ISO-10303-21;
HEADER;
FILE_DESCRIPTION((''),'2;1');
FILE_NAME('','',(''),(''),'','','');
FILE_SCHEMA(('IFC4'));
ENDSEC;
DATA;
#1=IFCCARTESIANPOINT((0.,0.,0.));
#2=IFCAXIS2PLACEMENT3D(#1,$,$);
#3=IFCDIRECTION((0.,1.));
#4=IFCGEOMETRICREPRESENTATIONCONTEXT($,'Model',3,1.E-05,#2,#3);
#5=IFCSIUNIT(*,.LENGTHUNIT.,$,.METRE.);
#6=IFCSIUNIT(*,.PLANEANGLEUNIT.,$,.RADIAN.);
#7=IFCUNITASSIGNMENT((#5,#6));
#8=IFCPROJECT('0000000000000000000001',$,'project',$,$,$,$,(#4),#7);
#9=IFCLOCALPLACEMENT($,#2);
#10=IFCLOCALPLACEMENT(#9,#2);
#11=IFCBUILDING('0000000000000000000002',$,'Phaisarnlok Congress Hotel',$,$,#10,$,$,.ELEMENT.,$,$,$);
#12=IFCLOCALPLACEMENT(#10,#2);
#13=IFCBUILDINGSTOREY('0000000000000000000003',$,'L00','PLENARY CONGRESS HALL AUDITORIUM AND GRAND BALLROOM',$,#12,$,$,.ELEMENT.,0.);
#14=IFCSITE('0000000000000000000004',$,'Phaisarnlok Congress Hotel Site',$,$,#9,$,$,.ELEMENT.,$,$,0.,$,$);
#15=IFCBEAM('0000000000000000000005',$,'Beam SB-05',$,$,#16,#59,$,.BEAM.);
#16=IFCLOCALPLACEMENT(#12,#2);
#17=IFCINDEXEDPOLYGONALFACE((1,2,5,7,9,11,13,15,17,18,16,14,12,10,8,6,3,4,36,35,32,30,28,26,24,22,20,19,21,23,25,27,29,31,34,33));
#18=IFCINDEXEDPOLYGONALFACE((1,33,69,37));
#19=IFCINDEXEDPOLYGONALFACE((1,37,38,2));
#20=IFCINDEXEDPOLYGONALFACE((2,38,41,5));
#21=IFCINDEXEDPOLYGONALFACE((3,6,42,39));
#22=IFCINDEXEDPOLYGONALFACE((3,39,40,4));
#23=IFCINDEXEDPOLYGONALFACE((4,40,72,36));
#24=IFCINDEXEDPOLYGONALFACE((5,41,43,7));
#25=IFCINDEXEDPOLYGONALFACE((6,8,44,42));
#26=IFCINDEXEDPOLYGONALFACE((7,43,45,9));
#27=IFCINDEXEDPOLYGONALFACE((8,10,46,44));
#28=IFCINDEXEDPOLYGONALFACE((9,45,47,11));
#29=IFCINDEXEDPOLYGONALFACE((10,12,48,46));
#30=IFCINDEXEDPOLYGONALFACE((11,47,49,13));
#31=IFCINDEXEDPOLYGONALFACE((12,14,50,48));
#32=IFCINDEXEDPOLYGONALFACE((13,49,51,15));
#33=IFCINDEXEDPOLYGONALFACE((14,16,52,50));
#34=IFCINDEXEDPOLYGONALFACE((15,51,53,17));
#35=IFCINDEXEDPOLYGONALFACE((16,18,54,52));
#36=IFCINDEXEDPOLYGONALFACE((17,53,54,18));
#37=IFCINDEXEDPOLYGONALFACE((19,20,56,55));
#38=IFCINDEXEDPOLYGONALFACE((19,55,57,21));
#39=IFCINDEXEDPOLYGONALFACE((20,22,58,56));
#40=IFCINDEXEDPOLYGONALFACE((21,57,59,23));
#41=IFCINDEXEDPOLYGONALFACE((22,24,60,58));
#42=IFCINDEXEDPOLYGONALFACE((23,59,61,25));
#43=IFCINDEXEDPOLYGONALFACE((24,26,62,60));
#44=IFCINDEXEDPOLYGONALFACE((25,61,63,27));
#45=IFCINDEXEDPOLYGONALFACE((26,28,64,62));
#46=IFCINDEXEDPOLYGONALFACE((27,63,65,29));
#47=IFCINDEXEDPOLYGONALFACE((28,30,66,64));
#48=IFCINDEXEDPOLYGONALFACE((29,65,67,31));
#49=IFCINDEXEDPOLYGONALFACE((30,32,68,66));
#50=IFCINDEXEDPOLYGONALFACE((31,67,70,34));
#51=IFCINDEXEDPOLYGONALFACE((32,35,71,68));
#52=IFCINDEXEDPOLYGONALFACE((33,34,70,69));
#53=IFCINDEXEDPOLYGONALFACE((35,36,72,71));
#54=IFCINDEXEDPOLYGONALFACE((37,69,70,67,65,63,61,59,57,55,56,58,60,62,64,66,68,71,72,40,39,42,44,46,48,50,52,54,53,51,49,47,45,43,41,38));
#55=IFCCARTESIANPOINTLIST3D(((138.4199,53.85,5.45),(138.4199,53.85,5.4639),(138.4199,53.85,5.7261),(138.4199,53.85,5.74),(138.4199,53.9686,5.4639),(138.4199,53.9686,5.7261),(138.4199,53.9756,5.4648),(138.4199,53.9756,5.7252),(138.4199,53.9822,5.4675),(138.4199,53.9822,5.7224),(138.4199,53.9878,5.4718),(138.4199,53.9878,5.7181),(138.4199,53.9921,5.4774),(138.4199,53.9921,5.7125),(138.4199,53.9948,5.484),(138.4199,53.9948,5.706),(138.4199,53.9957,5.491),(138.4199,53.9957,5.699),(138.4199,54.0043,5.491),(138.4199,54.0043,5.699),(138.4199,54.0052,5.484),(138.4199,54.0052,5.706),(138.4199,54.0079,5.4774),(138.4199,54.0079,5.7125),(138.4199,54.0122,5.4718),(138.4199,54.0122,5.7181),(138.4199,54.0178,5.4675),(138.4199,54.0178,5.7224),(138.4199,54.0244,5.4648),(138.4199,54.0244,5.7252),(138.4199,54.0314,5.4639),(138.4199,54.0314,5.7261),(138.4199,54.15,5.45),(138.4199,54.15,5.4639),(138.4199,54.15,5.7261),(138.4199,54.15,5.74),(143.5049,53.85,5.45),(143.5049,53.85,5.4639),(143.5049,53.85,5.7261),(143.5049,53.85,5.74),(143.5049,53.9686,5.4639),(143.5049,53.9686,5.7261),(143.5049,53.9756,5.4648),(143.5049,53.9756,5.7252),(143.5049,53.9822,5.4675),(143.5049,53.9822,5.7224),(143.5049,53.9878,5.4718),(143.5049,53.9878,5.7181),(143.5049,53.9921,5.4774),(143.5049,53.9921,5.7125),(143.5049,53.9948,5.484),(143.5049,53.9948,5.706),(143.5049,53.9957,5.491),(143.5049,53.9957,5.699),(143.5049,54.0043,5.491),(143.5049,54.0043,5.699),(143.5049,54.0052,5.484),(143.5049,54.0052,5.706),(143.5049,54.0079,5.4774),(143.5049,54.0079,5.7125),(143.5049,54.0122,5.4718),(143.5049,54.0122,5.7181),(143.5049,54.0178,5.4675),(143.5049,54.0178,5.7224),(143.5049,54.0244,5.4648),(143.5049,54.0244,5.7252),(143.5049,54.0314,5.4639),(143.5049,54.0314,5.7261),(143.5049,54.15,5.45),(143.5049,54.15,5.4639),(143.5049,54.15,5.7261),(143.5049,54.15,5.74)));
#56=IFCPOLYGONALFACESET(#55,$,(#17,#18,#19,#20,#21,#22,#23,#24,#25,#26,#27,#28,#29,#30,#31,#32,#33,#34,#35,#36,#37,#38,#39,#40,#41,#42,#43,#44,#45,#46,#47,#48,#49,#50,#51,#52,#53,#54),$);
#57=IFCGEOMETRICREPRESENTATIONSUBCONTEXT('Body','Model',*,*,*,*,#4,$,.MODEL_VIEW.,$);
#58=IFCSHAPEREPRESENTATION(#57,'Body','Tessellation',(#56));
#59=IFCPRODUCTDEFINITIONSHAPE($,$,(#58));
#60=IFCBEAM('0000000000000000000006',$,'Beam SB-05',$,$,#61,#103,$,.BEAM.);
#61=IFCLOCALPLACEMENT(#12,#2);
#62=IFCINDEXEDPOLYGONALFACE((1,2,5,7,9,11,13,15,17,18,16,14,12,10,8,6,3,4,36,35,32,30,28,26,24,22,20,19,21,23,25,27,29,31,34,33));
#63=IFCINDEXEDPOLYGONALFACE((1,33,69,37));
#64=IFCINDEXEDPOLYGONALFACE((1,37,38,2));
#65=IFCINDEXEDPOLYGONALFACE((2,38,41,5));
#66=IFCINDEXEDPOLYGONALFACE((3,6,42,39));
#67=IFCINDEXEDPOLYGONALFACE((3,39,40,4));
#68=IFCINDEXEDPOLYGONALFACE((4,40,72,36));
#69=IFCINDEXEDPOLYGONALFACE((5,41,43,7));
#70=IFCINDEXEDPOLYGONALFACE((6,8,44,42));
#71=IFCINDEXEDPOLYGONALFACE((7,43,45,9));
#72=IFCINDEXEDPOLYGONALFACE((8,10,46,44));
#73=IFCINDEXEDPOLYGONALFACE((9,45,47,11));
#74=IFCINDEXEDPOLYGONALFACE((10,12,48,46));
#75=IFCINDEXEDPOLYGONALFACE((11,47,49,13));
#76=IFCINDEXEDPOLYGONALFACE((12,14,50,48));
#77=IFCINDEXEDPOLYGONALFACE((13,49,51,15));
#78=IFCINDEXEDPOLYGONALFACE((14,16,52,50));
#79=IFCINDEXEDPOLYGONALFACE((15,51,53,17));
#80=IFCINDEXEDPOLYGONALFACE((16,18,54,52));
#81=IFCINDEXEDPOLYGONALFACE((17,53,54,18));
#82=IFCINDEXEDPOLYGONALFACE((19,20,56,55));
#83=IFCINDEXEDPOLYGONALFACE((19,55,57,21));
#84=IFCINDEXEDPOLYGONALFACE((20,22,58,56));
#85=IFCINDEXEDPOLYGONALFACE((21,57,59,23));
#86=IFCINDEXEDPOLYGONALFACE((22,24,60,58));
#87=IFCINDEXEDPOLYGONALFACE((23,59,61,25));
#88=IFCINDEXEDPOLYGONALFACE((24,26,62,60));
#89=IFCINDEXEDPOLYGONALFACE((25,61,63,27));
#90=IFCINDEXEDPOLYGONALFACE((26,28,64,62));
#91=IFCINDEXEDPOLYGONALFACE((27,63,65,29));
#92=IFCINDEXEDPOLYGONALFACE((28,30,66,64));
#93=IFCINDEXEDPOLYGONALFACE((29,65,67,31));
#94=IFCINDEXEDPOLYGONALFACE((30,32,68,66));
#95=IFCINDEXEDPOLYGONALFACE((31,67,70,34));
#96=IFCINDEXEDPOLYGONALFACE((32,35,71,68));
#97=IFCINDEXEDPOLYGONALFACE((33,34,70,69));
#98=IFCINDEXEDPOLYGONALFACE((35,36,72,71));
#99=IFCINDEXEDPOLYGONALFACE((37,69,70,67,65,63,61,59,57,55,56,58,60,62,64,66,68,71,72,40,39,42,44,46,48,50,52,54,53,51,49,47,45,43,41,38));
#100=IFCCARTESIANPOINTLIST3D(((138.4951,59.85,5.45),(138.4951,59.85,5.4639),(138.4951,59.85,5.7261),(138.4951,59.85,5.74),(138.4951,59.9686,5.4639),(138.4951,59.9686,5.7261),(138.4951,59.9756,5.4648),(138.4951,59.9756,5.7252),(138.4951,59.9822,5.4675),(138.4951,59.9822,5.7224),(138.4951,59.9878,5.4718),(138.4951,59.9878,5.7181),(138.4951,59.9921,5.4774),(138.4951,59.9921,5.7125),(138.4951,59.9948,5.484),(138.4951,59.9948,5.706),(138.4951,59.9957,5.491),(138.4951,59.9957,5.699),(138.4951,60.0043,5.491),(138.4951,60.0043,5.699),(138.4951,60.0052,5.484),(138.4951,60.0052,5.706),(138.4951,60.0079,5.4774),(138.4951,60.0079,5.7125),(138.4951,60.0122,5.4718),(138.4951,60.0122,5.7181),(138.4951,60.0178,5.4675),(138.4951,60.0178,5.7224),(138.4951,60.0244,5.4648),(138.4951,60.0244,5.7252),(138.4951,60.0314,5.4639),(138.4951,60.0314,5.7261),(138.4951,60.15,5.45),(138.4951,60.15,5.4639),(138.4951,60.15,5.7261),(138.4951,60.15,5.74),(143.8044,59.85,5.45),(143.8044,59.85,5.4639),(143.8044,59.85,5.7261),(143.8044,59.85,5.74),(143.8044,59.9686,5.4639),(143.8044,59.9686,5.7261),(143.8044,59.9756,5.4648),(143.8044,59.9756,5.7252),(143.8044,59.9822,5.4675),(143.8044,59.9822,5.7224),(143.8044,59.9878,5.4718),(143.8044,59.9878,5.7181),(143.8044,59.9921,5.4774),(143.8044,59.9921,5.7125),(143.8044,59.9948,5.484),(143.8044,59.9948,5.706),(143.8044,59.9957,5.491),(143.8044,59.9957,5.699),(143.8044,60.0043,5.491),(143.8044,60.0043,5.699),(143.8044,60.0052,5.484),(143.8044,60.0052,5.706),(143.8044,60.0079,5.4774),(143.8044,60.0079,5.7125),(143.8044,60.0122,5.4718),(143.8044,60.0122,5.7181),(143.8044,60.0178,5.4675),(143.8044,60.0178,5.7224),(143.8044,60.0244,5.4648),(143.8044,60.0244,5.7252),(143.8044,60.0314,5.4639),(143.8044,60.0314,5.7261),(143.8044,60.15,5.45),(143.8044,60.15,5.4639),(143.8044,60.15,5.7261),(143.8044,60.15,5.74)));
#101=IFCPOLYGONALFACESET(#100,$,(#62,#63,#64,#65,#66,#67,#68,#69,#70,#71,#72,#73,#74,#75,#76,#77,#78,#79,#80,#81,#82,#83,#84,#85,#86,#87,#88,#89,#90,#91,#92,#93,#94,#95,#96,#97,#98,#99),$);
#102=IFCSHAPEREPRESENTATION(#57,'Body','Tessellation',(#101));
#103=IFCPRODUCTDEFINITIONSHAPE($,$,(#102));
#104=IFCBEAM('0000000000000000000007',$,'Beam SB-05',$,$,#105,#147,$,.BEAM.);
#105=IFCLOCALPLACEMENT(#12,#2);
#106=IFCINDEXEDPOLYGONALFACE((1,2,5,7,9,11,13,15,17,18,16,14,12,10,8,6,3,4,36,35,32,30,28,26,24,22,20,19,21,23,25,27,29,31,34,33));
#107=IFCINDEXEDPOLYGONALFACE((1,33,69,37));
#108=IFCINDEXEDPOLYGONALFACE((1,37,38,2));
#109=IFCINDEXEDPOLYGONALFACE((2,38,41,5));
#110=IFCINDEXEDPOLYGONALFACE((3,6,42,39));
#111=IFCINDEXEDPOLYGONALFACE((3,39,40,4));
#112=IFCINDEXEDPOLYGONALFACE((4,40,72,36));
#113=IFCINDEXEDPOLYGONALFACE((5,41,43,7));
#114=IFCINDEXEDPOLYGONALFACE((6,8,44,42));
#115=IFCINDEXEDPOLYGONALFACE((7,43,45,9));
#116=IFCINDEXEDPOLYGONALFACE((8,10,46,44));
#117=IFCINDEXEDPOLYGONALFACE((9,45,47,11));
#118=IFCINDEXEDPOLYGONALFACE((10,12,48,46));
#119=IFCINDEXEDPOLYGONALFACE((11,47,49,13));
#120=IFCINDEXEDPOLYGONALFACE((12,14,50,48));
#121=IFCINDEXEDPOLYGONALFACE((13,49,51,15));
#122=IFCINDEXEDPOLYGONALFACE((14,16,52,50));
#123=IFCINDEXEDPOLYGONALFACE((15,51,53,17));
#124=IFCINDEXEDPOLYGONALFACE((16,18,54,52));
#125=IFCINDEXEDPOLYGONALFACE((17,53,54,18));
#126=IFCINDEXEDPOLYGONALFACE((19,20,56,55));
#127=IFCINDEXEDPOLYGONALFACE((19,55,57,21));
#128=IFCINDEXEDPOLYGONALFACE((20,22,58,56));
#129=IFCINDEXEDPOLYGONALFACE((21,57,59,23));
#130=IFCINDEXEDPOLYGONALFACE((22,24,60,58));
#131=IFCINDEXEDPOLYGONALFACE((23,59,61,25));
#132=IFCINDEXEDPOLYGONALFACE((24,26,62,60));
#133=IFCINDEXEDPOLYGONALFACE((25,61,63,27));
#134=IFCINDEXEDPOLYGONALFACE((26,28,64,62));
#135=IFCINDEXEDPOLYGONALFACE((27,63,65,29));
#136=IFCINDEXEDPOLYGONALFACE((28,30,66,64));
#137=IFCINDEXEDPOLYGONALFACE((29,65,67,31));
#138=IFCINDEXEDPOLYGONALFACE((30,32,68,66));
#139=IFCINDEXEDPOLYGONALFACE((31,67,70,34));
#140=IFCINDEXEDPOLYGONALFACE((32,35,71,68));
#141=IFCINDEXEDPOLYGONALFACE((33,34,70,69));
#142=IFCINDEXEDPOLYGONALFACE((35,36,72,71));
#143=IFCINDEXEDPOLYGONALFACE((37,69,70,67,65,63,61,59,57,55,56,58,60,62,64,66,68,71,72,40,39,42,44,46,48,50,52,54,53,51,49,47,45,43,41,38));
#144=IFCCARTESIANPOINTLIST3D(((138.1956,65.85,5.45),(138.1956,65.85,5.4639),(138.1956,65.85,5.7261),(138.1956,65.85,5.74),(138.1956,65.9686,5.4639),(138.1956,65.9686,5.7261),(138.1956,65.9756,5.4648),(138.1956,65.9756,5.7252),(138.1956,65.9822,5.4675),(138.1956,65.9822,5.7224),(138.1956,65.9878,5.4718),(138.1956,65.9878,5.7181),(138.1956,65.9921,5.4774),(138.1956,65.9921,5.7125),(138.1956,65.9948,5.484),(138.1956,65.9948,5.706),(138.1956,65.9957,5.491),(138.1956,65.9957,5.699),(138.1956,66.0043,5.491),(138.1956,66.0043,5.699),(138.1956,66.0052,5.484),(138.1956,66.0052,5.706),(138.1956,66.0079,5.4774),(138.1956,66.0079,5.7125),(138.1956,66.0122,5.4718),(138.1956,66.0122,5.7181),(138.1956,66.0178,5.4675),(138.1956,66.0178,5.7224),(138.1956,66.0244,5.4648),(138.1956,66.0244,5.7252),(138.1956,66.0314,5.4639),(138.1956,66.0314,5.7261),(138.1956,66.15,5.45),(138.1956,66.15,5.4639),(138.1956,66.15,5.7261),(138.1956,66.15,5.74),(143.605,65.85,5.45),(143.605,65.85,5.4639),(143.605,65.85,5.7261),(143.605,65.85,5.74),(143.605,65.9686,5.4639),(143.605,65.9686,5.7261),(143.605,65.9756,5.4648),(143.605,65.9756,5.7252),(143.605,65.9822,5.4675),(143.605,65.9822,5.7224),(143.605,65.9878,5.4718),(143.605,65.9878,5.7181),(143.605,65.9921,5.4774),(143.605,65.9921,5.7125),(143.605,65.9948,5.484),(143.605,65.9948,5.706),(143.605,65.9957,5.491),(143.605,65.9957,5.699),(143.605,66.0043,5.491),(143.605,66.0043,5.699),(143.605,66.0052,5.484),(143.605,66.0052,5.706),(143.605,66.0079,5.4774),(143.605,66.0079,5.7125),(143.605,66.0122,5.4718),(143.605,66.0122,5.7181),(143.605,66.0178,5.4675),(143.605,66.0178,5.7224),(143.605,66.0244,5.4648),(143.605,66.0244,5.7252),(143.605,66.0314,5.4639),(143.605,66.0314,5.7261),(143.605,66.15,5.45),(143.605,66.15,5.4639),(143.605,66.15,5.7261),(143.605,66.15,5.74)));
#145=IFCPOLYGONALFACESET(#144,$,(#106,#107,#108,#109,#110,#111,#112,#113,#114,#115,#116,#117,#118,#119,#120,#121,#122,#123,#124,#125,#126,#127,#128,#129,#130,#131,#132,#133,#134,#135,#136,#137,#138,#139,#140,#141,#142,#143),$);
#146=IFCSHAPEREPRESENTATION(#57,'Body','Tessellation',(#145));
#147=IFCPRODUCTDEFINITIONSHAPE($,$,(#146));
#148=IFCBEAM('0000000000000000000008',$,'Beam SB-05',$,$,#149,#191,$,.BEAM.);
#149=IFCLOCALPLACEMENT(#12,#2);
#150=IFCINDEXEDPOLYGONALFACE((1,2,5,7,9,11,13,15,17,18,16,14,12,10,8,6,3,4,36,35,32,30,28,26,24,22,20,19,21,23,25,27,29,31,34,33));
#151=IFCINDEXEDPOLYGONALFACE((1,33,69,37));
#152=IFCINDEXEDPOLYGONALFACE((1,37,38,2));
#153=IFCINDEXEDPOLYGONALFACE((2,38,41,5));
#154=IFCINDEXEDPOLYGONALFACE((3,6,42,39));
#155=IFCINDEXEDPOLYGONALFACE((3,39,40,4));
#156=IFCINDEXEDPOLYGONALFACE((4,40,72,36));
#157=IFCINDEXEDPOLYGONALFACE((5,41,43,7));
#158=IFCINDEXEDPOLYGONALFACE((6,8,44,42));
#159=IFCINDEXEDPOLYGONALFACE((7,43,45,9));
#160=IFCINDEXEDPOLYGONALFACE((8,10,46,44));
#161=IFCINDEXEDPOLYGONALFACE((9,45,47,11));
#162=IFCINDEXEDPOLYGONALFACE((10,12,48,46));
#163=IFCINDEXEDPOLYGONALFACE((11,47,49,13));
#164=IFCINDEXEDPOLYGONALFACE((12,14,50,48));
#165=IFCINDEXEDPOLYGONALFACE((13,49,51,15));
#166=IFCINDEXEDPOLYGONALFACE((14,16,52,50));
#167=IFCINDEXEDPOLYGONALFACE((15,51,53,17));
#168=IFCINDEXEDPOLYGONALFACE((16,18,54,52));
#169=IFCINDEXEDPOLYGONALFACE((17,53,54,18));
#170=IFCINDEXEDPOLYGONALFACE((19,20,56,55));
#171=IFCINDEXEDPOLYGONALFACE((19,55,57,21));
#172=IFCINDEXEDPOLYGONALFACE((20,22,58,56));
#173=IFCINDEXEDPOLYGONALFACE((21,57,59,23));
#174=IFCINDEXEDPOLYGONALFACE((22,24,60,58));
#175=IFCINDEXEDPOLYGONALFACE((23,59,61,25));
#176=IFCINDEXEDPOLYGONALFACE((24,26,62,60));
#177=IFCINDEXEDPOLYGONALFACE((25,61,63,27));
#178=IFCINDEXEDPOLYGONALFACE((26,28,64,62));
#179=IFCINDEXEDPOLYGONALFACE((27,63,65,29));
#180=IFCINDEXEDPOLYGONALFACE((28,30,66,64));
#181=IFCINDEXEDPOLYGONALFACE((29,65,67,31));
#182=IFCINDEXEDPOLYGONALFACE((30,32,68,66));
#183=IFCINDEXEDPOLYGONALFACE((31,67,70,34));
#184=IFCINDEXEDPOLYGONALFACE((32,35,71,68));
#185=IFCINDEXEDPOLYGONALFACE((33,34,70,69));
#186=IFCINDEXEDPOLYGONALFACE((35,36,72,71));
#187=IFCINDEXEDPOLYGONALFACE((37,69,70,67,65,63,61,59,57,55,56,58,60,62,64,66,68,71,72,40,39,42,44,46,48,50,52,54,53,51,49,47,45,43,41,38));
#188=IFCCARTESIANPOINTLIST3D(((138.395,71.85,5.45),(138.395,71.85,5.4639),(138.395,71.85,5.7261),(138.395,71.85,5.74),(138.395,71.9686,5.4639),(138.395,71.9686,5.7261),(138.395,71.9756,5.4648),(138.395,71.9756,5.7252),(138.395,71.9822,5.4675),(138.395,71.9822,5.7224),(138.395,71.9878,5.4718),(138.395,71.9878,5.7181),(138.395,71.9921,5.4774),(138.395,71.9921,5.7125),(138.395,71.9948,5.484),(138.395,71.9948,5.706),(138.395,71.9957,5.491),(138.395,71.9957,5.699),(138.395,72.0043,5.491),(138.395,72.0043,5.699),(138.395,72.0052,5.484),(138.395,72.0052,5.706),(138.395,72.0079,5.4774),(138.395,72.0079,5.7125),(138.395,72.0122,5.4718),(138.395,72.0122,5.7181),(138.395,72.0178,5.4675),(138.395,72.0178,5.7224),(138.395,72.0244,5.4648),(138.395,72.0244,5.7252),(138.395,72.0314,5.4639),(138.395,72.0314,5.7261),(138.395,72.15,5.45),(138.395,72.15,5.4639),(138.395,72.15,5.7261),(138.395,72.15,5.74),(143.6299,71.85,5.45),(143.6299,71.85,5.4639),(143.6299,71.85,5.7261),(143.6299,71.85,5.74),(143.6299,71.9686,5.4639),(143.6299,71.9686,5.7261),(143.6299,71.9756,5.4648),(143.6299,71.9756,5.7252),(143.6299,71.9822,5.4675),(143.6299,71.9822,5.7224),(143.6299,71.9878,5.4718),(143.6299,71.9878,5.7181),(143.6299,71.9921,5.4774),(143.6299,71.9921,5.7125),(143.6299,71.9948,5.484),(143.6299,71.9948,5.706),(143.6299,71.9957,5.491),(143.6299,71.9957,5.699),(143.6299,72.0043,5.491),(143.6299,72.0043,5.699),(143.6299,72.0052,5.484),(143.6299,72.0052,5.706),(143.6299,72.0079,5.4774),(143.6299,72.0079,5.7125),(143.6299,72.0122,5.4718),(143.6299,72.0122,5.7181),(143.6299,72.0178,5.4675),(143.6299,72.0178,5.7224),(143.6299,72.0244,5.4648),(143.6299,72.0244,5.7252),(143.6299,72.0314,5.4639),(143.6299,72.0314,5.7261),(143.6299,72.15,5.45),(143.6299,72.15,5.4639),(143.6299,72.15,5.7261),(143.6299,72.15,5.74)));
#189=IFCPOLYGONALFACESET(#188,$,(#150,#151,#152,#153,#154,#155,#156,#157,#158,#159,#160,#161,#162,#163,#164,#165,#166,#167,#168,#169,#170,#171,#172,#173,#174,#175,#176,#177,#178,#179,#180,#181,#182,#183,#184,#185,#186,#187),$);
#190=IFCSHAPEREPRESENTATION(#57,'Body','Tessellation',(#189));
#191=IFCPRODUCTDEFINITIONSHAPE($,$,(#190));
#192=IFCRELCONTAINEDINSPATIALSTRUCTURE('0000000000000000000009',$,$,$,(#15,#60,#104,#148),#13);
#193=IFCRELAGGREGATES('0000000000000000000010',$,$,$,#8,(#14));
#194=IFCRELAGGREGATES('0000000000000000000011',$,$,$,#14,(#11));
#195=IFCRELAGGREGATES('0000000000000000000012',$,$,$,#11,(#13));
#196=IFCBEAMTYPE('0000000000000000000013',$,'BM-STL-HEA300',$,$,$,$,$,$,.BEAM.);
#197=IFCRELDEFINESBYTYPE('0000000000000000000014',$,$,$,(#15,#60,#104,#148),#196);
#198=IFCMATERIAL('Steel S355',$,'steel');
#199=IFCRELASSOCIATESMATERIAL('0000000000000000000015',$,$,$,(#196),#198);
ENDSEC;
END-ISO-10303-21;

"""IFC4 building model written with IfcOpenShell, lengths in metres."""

from ifc_helpers import new_model, si_unit, direction, frame, origin, origin_2d, place, context, subcontext, project, spatial, i_section, extrude, material, material_profile, profile_set, type_object, element, save


model = new_model("IFC4")

# Units and contexts
model_context = context("Model", 3, precision=1e-05, world=origin(), true_north=direction((0.0, 1.0)))
body_context = subcontext(model_context, "Body", "Model", "MODEL_VIEW")
ifc_project = project(units=[si_unit("LENGTHUNIT", "METRE"), si_unit("PLANEANGLEUNIT", "RADIAN")], contexts=[model_context])

# Site, building, storey
site_placement = place(None, origin())
site = spatial("IfcSite", under=ifc_project, at=site_placement, Name="Phaisarnlok Congress Hotel Site", CompositionType="ELEMENT", RefElevation=0.0)
building_placement = place(site_placement, origin())
building = spatial("IfcBuilding", under=site, at=building_placement, Name="Phaisarnlok Congress Hotel", CompositionType="ELEMENT")
storey_placement = place(building_placement, origin())
storey = spatial("IfcBuildingStorey", under=building, at=storey_placement, Name="L00", Description="PLENARY CONGRESS HALL AUDITORIUM AND GRAND BALLROOM", CompositionType="ELEMENT", Elevation=0.0)

# Shared definitions
ifc_material_1 = material(Name="Steel S355", Category="steel")

# Beams
ifc_material_profile_1 = material_profile(ifc_material_1, i_section(OverallWidth=0.3, OverallDepth=0.29, WebThickness=0.0085, FlangeThickness=0.0139, FilletRadius=0.0271, at=origin_2d()), Name="HEA 300")
ifc_profile_set_1 = profile_set([ifc_material_profile_1], Name="Steel S355")
beam_type_1 = type_object("IfcBeamType", Name="BM-STL-HEA300", PredefinedType="BEAM", material=ifc_profile_set_1)
beam_1_placement = place(storey_placement, frame((138.4199, 54.0, 5.595), z_axis=(1.0, 0.0, 0.0), x_axis=(0.0, 1.0, 0.0)))
element("IfcBeam", 1, at=beam_1_placement, inside=storey, type_object=beam_type_1, Name="Beam SB-05", PredefinedType="BEAM", context=body_context, shape_type="SweptSolid", body=[
    extrude(i_section(OverallWidth=0.3, OverallDepth=0.29, WebThickness=0.0085, FlangeThickness=0.0139, FilletRadius=0.0271, at=origin_2d()), origin(), (0.0, 0.0, 1.0), 5.085),
])
beam_2_placement = place(storey_placement, frame((138.4951, 60.0, 5.595), z_axis=(1.0, 0.0, 0.0), x_axis=(0.0, 1.0, 0.0)))
element("IfcBeam", 2, at=beam_2_placement, inside=storey, type_object=beam_type_1, Name="Beam SB-05", PredefinedType="BEAM", context=body_context, shape_type="SweptSolid", body=[
    extrude(i_section(OverallWidth=0.3, OverallDepth=0.29, WebThickness=0.0085, FlangeThickness=0.0139, FilletRadius=0.0271, at=origin_2d()), origin(), (0.0, 0.0, 1.0), 5.3093),
])
beam_3_placement = place(storey_placement, frame((138.1956, 66.0, 5.595), z_axis=(1.0, 0.0, 0.0), x_axis=(0.0, 1.0, 0.0)))
element("IfcBeam", 3, at=beam_3_placement, inside=storey, type_object=beam_type_1, Name="Beam SB-05", PredefinedType="BEAM", context=body_context, shape_type="SweptSolid", body=[
    extrude(i_section(OverallWidth=0.3, OverallDepth=0.29, WebThickness=0.0085, FlangeThickness=0.0139, FilletRadius=0.0271, at=origin_2d()), origin(), (0.0, 0.0, 1.0), 5.4094),
])
beam_4_placement = place(storey_placement, frame((138.395, 72.0, 5.595), z_axis=(1.0, 0.0, 0.0), x_axis=(0.0, 1.0, 0.0)))
element("IfcBeam", 4, at=beam_4_placement, inside=storey, type_object=beam_type_1, Name="Beam SB-05", PredefinedType="BEAM", context=body_context, shape_type="SweptSolid", body=[
    extrude(i_section(OverallWidth=0.3, OverallDepth=0.29, WebThickness=0.0085, FlangeThickness=0.0139, FilletRadius=0.0271, at=origin_2d()), origin(), (0.0, 0.0, 1.0), 5.2349),
])

save(model, "model.ifc")
